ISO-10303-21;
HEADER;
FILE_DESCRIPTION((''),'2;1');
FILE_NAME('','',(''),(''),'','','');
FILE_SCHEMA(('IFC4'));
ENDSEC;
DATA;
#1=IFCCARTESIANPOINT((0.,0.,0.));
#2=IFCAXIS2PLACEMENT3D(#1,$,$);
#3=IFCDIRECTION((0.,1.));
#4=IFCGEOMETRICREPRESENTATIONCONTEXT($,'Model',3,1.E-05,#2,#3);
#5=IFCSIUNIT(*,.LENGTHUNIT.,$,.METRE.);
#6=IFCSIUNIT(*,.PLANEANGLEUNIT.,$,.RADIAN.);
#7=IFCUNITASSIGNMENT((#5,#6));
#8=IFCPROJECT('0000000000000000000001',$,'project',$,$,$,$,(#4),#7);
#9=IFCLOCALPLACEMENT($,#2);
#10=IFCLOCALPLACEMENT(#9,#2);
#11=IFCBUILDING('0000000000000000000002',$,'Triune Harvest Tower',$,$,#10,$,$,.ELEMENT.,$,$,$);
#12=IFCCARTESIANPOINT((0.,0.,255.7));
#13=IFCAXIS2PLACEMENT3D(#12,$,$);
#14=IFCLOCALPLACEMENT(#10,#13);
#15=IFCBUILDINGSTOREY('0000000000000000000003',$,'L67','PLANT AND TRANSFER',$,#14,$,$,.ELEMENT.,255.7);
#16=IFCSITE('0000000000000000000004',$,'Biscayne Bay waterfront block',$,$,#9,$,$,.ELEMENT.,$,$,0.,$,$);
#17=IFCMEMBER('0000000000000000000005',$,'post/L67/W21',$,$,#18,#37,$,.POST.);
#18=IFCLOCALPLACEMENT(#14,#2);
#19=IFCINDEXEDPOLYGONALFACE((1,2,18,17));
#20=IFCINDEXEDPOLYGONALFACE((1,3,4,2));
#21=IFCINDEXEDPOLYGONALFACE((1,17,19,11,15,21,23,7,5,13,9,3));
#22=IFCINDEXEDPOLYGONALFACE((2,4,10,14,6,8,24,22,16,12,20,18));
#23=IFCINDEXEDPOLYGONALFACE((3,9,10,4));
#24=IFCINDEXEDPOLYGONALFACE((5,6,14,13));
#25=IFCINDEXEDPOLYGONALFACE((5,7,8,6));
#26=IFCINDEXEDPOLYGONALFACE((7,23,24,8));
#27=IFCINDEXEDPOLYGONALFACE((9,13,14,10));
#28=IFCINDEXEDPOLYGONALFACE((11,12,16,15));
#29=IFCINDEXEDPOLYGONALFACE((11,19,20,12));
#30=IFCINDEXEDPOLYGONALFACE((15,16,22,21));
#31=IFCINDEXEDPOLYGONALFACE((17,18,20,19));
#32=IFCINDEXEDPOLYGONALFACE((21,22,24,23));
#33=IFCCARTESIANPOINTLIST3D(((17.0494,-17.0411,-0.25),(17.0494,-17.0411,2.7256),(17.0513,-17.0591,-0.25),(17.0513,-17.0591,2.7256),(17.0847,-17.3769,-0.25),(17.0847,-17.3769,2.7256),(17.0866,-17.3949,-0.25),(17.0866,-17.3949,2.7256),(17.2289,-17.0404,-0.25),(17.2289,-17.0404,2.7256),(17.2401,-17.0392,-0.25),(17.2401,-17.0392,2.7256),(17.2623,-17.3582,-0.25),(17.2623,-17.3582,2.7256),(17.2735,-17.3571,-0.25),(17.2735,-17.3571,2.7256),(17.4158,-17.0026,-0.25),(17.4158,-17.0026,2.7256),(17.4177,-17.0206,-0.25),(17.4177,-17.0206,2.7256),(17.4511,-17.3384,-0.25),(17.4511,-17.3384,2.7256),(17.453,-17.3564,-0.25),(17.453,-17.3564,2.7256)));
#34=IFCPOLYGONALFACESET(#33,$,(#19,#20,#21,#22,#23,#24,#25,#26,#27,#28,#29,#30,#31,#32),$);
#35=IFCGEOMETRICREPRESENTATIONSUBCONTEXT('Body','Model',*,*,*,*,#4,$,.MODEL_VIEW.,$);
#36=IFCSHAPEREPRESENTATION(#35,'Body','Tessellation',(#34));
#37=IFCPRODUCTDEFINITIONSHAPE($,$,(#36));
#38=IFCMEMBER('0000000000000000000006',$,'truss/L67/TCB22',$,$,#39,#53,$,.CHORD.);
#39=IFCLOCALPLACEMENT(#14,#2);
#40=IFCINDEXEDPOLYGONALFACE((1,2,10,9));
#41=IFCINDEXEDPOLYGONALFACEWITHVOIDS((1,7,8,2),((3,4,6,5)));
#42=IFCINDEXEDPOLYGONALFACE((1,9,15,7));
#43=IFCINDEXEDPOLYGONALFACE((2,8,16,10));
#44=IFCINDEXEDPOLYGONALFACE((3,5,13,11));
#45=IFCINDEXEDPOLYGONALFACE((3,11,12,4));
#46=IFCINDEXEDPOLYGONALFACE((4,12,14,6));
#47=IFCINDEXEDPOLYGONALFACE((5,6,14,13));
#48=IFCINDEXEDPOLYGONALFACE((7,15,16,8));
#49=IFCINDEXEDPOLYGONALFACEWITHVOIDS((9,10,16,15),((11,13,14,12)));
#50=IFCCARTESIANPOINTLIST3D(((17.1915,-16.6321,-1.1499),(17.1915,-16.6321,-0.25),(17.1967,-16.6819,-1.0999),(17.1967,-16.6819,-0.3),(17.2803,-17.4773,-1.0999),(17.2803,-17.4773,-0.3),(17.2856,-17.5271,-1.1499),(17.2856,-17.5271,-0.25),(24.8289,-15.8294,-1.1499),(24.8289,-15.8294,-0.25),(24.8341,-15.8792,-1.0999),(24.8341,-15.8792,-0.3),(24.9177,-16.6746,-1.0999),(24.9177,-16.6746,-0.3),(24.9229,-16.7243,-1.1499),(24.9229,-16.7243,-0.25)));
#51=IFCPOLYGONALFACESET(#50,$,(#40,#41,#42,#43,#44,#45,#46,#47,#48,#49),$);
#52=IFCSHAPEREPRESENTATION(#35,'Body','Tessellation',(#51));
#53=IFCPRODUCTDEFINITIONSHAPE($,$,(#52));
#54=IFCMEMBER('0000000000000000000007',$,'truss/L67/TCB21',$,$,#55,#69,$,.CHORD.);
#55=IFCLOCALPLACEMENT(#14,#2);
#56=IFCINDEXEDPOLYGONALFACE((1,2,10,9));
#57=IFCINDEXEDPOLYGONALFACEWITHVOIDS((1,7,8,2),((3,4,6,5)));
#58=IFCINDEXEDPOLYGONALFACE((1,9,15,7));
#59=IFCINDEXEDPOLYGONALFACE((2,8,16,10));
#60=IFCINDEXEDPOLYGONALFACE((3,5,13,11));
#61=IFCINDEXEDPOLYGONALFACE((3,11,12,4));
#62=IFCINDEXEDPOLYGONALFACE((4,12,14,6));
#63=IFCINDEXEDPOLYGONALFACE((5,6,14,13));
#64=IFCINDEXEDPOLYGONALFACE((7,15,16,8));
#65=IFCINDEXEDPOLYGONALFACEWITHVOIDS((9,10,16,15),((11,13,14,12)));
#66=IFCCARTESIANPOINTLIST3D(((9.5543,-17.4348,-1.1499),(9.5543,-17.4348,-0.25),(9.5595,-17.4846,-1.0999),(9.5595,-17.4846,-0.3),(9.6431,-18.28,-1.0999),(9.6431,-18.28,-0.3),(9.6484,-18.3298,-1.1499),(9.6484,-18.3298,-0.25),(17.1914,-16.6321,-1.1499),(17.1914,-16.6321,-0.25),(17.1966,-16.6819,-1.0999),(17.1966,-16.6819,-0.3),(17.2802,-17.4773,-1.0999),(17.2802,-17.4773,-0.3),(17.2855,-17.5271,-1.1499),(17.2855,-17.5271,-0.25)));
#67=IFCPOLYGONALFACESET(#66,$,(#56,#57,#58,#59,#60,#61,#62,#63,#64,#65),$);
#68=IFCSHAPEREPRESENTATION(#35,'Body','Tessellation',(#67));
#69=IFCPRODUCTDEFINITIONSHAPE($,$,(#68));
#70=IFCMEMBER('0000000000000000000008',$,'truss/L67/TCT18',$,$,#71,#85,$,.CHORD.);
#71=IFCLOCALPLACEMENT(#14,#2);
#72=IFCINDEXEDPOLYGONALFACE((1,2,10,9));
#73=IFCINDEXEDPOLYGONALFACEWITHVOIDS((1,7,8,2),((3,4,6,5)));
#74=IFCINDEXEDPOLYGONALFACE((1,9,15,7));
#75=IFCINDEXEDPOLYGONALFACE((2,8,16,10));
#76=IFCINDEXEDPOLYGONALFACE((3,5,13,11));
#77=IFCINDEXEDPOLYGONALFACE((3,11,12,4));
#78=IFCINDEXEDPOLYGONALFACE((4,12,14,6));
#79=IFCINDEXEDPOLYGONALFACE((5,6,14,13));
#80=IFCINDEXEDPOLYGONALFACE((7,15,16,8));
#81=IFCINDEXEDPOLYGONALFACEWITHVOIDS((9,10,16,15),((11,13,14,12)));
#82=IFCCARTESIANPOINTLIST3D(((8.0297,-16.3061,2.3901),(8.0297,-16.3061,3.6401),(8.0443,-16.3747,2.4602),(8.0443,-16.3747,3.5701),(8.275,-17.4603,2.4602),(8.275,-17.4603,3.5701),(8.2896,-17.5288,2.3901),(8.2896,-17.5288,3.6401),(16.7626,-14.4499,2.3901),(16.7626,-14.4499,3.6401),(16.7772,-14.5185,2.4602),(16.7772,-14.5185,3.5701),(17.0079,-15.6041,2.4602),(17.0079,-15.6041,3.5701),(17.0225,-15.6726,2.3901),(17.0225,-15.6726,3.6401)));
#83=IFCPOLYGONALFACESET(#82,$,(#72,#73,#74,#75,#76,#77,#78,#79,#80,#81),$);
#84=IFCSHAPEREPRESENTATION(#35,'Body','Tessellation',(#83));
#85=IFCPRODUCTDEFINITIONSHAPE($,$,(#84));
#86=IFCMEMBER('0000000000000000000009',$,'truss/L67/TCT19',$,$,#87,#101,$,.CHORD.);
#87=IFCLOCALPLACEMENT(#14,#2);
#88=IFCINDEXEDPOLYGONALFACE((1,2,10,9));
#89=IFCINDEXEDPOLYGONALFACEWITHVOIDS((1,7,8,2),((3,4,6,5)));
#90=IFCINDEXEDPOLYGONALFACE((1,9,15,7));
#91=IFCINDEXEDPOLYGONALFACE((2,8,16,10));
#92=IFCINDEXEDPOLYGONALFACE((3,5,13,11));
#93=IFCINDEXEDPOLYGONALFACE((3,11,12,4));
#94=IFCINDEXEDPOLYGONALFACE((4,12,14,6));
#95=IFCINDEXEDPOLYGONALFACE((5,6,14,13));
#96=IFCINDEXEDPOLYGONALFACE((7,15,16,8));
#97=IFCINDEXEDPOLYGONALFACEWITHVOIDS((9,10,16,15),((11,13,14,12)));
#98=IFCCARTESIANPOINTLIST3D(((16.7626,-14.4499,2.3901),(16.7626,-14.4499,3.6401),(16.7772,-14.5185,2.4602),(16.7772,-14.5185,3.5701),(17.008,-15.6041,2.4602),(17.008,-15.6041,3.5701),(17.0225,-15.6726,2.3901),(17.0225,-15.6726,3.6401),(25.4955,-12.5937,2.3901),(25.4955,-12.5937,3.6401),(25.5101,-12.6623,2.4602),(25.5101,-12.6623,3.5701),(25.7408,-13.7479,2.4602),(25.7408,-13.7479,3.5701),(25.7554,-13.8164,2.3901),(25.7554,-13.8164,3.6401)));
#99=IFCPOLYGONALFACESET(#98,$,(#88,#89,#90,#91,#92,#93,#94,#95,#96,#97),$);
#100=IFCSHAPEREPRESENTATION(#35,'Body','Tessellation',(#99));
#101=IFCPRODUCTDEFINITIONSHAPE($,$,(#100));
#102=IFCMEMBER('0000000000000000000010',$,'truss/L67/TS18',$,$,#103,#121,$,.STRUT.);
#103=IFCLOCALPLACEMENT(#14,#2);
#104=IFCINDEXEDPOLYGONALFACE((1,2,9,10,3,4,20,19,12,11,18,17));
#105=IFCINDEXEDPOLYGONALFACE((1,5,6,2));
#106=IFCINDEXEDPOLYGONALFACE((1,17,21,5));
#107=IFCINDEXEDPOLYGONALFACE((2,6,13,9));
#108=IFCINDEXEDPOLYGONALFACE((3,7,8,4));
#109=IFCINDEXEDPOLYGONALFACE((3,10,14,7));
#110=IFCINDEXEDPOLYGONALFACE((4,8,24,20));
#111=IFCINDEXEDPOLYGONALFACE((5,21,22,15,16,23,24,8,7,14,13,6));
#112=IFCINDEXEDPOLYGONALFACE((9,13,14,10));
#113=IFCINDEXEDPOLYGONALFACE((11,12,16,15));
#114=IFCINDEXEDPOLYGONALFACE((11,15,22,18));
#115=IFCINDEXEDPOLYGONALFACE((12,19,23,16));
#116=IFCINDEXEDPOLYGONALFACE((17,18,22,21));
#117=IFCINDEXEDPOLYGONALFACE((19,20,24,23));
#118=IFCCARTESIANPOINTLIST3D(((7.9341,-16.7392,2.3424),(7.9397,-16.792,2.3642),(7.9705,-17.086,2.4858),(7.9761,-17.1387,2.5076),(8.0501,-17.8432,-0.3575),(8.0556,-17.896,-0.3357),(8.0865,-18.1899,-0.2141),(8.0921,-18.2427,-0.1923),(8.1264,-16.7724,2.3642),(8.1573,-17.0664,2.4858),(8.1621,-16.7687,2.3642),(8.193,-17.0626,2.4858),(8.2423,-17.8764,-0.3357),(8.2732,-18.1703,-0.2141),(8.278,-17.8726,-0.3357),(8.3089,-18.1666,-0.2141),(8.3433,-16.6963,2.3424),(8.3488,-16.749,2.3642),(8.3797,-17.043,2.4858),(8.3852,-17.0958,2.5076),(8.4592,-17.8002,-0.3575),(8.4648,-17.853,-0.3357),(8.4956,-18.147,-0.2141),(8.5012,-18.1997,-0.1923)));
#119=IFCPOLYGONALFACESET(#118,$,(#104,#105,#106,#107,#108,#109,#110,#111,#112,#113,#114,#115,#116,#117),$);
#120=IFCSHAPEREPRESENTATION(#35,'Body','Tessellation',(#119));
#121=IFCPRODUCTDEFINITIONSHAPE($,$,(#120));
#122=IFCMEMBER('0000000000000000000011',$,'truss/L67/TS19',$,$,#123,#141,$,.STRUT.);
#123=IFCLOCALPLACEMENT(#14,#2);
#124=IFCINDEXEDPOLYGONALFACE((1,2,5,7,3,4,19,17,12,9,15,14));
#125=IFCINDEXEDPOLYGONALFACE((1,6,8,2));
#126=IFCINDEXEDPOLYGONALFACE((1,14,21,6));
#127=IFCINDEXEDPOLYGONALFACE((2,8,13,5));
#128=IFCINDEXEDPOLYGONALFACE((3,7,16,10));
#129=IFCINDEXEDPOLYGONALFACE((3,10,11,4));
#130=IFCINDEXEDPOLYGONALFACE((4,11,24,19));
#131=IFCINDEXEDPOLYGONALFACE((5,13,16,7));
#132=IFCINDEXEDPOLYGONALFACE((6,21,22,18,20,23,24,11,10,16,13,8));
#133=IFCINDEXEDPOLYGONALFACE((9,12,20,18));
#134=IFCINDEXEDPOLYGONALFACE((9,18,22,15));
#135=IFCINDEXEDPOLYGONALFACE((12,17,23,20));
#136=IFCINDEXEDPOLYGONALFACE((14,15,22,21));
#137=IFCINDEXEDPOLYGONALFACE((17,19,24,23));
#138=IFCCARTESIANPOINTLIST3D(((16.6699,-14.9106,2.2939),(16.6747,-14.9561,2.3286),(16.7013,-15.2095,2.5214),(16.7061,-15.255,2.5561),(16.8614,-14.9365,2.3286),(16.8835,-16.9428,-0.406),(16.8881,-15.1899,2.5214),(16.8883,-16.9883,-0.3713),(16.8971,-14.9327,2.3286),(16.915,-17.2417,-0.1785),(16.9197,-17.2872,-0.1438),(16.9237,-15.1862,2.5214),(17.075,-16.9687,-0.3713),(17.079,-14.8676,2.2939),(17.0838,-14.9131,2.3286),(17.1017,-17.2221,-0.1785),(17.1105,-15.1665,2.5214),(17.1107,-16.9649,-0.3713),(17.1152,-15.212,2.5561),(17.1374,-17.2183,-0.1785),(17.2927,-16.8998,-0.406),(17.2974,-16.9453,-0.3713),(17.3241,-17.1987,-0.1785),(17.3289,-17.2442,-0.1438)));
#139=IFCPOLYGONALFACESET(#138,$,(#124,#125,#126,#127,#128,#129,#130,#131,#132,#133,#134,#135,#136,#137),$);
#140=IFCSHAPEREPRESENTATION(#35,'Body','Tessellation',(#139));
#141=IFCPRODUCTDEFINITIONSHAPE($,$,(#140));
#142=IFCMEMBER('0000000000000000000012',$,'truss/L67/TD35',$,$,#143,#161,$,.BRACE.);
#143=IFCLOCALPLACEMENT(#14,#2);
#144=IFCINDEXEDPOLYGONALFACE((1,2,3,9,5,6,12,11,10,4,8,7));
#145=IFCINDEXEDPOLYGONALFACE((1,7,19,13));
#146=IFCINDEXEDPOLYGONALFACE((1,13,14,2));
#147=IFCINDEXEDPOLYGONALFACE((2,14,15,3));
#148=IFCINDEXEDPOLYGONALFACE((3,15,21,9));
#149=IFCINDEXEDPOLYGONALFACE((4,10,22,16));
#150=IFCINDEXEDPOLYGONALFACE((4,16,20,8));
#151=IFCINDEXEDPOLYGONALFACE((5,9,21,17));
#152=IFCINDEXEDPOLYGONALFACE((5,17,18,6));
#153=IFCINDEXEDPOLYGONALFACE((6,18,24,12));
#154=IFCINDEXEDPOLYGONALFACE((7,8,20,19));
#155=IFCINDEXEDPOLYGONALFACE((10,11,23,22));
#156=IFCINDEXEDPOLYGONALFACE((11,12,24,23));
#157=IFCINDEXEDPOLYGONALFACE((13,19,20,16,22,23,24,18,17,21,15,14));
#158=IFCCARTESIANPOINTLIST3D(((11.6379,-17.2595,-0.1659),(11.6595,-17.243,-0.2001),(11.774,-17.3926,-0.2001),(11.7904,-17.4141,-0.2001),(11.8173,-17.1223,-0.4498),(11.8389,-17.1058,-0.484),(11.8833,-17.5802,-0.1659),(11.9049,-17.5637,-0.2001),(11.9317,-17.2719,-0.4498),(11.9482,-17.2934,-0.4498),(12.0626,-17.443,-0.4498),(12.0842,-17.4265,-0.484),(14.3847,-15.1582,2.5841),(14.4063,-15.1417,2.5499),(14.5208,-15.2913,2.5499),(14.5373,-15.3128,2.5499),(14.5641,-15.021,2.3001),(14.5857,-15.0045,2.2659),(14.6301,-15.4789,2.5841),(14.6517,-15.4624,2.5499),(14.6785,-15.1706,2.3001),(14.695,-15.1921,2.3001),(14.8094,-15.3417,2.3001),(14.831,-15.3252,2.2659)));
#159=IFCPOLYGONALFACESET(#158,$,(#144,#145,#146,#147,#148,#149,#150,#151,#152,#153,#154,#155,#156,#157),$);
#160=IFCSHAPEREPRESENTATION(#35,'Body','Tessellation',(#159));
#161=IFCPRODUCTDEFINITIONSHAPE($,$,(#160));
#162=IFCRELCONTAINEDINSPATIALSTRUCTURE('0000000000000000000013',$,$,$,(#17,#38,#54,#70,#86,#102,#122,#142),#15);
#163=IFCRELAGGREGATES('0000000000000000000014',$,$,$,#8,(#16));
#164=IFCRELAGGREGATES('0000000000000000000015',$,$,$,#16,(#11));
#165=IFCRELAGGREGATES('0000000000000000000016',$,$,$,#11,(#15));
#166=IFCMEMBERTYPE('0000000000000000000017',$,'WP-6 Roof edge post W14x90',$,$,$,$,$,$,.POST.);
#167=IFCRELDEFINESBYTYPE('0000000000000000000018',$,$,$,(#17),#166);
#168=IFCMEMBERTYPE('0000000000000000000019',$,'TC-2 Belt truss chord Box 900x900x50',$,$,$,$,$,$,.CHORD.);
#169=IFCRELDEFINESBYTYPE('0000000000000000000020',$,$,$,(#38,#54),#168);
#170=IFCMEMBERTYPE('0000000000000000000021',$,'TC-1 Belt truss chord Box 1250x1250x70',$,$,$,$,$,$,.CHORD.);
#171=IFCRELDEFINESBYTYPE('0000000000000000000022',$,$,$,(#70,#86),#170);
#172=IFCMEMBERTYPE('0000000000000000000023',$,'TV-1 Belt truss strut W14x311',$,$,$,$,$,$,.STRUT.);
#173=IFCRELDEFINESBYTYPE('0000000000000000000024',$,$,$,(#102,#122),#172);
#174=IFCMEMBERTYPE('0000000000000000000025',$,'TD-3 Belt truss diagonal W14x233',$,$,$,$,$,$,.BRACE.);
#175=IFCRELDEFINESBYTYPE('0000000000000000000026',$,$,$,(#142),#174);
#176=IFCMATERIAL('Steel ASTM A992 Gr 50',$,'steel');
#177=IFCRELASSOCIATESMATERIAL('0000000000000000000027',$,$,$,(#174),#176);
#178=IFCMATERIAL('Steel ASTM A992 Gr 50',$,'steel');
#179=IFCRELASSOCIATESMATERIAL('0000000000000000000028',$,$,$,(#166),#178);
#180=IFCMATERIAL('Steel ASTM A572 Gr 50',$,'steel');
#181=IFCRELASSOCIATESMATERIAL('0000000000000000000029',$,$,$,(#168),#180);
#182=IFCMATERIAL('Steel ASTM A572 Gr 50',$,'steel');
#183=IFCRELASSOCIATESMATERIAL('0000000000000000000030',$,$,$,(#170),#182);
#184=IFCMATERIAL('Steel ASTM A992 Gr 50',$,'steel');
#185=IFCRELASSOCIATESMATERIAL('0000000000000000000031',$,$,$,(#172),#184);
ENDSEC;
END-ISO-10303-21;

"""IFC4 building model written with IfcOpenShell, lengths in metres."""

from ifc_helpers import new_model, si_unit, direction, frame, origin, origin_2d, place, context, subcontext, project, spatial, hollow_rectangle, i_section, extrude, source, transform, mapped, material, material_profile, profile_set, type_object, element, save


model = new_model("IFC4")

# Units and contexts
model_context = context("Model", 3, precision=1e-05, world=origin(), true_north=direction((0.0, 1.0)))
body_context = subcontext(model_context, "Body", "Model", "MODEL_VIEW")
ifc_project = project(units=[si_unit("LENGTHUNIT", "METRE"), si_unit("PLANEANGLEUNIT", "RADIAN")], contexts=[model_context])

# Site, building, storey
site_placement = place(None, origin())
site = spatial("IfcSite", under=ifc_project, at=site_placement, Name="Biscayne Bay waterfront block", CompositionType="ELEMENT", RefElevation=0.0)
building_placement = place(site_placement, origin())
building = spatial("IfcBuilding", under=site, at=building_placement, Name="Triune Harvest Tower", CompositionType="ELEMENT")
storey_placement = place(building_placement, frame((0.0, 0.0, 255.7)))
storey = spatial("IfcBuildingStorey", under=building, at=storey_placement, Name="L67", Description="PLANT AND TRANSFER", CompositionType="ELEMENT", Elevation=255.7)

# Shared definitions
ifc_material_1 = material(Name="Steel ASTM A992 Gr 50", Category="steel")
ifc_material_profile_1 = material_profile(ifc_material_1, i_section(OverallWidth=0.4038, OverallDepth=0.4065, WebThickness=0.0271, FlangeThickness=0.0437, at=origin_2d()), Name="W14x233")
ifc_profile_set_1 = profile_set([ifc_material_profile_1], Name="Steel ASTM A992 Gr 50")
member_type_1 = type_object("IfcMemberType", Name="TD-3 Belt truss diagonal W14x233", PredefinedType="BRACE", material=ifc_profile_set_1)

# Members
ifc_material_2 = material(Name="Steel ASTM A992 Gr 50", Category="steel")
ifc_material_profile_2 = material_profile(ifc_material_2, i_section(OverallWidth=0.3684, OverallDepth=0.3557, WebThickness=0.0112, FlangeThickness=0.0181, at=origin_2d()), Name="W14x90")
ifc_profile_set_2 = profile_set([ifc_material_profile_2], Name="Steel ASTM A992 Gr 50")
member_type_2 = type_object("IfcMemberType", Name="WP-6 Roof edge post W14x90", PredefinedType="POST", material=ifc_profile_set_2)
shared_shape_1 = source(origin(), body_context, "Body", "SweptSolid", [
    extrude(i_section(OverallWidth=0.3684, OverallDepth=0.3557, WebThickness=0.0112, FlangeThickness=0.0181, at=origin_2d()), origin(), (0.0, 0.0, 1.0), 2.9756),
])
for number, where, z_axis, x_axis, name in (
    (1, (17.2512, -17.1987, -0.25), (0.0, 0.0, 1.0), (0.994522, 0.10453, 0.0), "post/L67/W21"),
):
    element("IfcMember", number, at=place(storey_placement, frame(where, z_axis=z_axis, x_axis=x_axis)), inside=storey, type_object=member_type_2, Name=name, PredefinedType="POST", context=body_context, shape_type="MappedRepresentation", body=[
        mapped(shared_shape_1, transform((0.0, 0.0, 0.0), scale=1.0)),
    ])
ifc_material_3 = material(Name="Steel ASTM A572 Gr 50", Category="steel")
ifc_material_profile_3 = material_profile(ifc_material_3, hollow_rectangle(XDim=0.8999, YDim=0.8999, WallThickness=0.05, at=origin_2d()), Name="Box 900x900x50")
ifc_profile_set_3 = profile_set([ifc_material_profile_3], Name="Steel ASTM A572 Gr 50")
member_type_3 = type_object("IfcMemberType", Name="TC-2 Belt truss chord Box 900x900x50", PredefinedType="CHORD", material=ifc_profile_set_3)
shared_shape_2 = source(origin(), body_context, "Body", "SweptSolid", [
    extrude(hollow_rectangle(XDim=0.8999, YDim=0.8999, WallThickness=0.05, at=origin_2d()), origin(), (0.0, 0.0, 1.0), 7.6794),
])
member_1_placement = place(storey_placement, frame((17.2385, -17.0796, -0.7), z_axis=(0.994522, 0.104529, 0.0), x_axis=(-0.104529, 0.994522, 0.0)))
element("IfcMember", 2, at=member_1_placement, inside=storey, type_object=member_type_3, Name="truss/L67/TCB22", PredefinedType="CHORD", context=body_context, shape_type="MappedRepresentation", body=[
    mapped(shared_shape_2, transform((0.0, 0.0, 0.0), scale=1.0)),
])
shared_shape_3 = source(origin(), body_context, "Body", "SweptSolid", [
    extrude(hollow_rectangle(XDim=0.8999, YDim=0.8999, WallThickness=0.05, at=origin_2d()), origin(), (0.0, 0.0, 1.0), 7.6792),
])
member_2_placement = place(storey_placement, frame((9.6013, -17.8823, -0.7), z_axis=(0.994521, 0.104533, 0.0), x_axis=(-0.104533, 0.994521, 0.0)))
element("IfcMember", 3, at=member_2_placement, inside=storey, type_object=member_type_3, Name="truss/L67/TCB21", PredefinedType="CHORD", context=body_context, shape_type="MappedRepresentation", body=[
    mapped(shared_shape_3, transform((0.0, 0.0, 0.0), scale=1.0)),
])
ifc_material_4 = material(Name="Steel ASTM A572 Gr 50", Category="steel")
ifc_material_profile_4 = material_profile(ifc_material_4, hollow_rectangle(XDim=1.25, YDim=1.25, WallThickness=0.0701, at=origin_2d()), Name="Box 1250x1250x70")
ifc_profile_set_4 = profile_set([ifc_material_profile_4], Name="Steel ASTM A572 Gr 50")
member_type_4 = type_object("IfcMemberType", Name="TC-1 Belt truss chord Box 1250x1250x70", PredefinedType="CHORD", material=ifc_profile_set_4)
shared_shape_4 = source(origin(), body_context, "Body", "SweptSolid", [
    extrude(hollow_rectangle(XDim=1.25, YDim=1.25, WallThickness=0.0701, at=origin_2d()), origin(), (0.0, 0.0, 1.0), 8.928),
])
for number, where, z_axis, x_axis, name in (
    (4, (8.1597, -16.9175, 3.0151), (0.978148, 0.207908, 0.0), (-0.207908, 0.978148, 0.0), "truss/L67/TCT18"),
    (5, (16.8926, -15.0613, 3.0151), (0.978148, 0.207908, 0.0), (-0.207908, 0.978148, 0.0), "truss/L67/TCT19"),
):
    element("IfcMember", number, at=place(storey_placement, frame(where, z_axis=z_axis, x_axis=x_axis)), inside=storey, type_object=member_type_4, Name=name, PredefinedType="CHORD", context=body_context, shape_type="MappedRepresentation", body=[
        mapped(shared_shape_4, transform((0.0, 0.0, 0.0), scale=1.0)),
    ])
ifc_material_5 = material(Name="Steel ASTM A992 Gr 50", Category="steel")
ifc_material_profile_5 = material_profile(ifc_material_5, i_section(OverallWidth=0.4114, OverallDepth=0.4343, WebThickness=0.0359, FlangeThickness=0.0574, at=origin_2d()), Name="W14x311")
ifc_profile_set_5 = profile_set([ifc_material_profile_5], Name="Steel ASTM A992 Gr 50")
member_type_5 = type_object("IfcMemberType", Name="TV-1 Belt truss strut W14x311", PredefinedType="STRUT", material=ifc_profile_set_5)
shared_shape_5 = source(origin(), body_context, "Body", "SweptSolid", [
    extrude(i_section(OverallWidth=0.4114, OverallDepth=0.4343, WebThickness=0.0359, FlangeThickness=0.0574, at=origin_2d()), origin(), (0.0, 0.0, 1.0), 2.9192),
])
member_3_placement = place(storey_placement, frame((8.2756, -18.0215, -0.2749), z_axis=(-0.039725, 0.378181, 0.924879), x_axis=(-0.994528, -0.104467, 0.0)))
element("IfcMember", 6, at=member_3_placement, inside=storey, type_object=member_type_5, Name="truss/L67/TS18", PredefinedType="STRUT", context=body_context, shape_type="MappedRepresentation", body=[
    mapped(shared_shape_5, transform((0.0, 0.0, 0.0), scale=1.0)),
])
shared_shape_6 = source(origin(), body_context, "Body", "SweptSolid", [
    extrude(i_section(OverallWidth=0.4114, OverallDepth=0.4343, WebThickness=0.0359, FlangeThickness=0.0574, at=origin_2d()), origin(), (0.0, 0.0, 1.0), 3.386),
])
member_4_placement = place(storey_placement, frame((17.1062, -17.0935, -0.2749), z_axis=(-0.063089, 0.600177, 0.797376), x_axis=(-0.99452, -0.104542, 0.0)))
element("IfcMember", 7, at=member_4_placement, inside=storey, type_object=member_type_5, Name="truss/L67/TS19", PredefinedType="STRUT", context=body_context, shape_type="MappedRepresentation", body=[
    mapped(shared_shape_6, transform((0.0, 0.0, 0.0), scale=1.0)),
])
shared_shape_7 = source(origin(), body_context, "Body", "SweptSolid", [
    extrude(i_section(OverallWidth=0.4038, OverallDepth=0.4065, WebThickness=0.0271, FlangeThickness=0.0437, at=origin_2d()), origin(), (0.0, 0.0, 1.0), 4.4185),
])
member_5_placement = place(storey_placement, frame((11.8611, -17.343, -0.325), z_axis=(0.621666, 0.475573, 0.622384), x_axis=(-0.607597, 0.794246, 0.0)))
element("IfcMember", 8, at=member_5_placement, inside=storey, type_object=member_type_1, Name="truss/L67/TD35", PredefinedType="BRACE", context=body_context, shape_type="MappedRepresentation", body=[
    mapped(shared_shape_7, transform((0.0, 0.0, 0.0), scale=1.0)),
])

save(model, "model.ifc")
